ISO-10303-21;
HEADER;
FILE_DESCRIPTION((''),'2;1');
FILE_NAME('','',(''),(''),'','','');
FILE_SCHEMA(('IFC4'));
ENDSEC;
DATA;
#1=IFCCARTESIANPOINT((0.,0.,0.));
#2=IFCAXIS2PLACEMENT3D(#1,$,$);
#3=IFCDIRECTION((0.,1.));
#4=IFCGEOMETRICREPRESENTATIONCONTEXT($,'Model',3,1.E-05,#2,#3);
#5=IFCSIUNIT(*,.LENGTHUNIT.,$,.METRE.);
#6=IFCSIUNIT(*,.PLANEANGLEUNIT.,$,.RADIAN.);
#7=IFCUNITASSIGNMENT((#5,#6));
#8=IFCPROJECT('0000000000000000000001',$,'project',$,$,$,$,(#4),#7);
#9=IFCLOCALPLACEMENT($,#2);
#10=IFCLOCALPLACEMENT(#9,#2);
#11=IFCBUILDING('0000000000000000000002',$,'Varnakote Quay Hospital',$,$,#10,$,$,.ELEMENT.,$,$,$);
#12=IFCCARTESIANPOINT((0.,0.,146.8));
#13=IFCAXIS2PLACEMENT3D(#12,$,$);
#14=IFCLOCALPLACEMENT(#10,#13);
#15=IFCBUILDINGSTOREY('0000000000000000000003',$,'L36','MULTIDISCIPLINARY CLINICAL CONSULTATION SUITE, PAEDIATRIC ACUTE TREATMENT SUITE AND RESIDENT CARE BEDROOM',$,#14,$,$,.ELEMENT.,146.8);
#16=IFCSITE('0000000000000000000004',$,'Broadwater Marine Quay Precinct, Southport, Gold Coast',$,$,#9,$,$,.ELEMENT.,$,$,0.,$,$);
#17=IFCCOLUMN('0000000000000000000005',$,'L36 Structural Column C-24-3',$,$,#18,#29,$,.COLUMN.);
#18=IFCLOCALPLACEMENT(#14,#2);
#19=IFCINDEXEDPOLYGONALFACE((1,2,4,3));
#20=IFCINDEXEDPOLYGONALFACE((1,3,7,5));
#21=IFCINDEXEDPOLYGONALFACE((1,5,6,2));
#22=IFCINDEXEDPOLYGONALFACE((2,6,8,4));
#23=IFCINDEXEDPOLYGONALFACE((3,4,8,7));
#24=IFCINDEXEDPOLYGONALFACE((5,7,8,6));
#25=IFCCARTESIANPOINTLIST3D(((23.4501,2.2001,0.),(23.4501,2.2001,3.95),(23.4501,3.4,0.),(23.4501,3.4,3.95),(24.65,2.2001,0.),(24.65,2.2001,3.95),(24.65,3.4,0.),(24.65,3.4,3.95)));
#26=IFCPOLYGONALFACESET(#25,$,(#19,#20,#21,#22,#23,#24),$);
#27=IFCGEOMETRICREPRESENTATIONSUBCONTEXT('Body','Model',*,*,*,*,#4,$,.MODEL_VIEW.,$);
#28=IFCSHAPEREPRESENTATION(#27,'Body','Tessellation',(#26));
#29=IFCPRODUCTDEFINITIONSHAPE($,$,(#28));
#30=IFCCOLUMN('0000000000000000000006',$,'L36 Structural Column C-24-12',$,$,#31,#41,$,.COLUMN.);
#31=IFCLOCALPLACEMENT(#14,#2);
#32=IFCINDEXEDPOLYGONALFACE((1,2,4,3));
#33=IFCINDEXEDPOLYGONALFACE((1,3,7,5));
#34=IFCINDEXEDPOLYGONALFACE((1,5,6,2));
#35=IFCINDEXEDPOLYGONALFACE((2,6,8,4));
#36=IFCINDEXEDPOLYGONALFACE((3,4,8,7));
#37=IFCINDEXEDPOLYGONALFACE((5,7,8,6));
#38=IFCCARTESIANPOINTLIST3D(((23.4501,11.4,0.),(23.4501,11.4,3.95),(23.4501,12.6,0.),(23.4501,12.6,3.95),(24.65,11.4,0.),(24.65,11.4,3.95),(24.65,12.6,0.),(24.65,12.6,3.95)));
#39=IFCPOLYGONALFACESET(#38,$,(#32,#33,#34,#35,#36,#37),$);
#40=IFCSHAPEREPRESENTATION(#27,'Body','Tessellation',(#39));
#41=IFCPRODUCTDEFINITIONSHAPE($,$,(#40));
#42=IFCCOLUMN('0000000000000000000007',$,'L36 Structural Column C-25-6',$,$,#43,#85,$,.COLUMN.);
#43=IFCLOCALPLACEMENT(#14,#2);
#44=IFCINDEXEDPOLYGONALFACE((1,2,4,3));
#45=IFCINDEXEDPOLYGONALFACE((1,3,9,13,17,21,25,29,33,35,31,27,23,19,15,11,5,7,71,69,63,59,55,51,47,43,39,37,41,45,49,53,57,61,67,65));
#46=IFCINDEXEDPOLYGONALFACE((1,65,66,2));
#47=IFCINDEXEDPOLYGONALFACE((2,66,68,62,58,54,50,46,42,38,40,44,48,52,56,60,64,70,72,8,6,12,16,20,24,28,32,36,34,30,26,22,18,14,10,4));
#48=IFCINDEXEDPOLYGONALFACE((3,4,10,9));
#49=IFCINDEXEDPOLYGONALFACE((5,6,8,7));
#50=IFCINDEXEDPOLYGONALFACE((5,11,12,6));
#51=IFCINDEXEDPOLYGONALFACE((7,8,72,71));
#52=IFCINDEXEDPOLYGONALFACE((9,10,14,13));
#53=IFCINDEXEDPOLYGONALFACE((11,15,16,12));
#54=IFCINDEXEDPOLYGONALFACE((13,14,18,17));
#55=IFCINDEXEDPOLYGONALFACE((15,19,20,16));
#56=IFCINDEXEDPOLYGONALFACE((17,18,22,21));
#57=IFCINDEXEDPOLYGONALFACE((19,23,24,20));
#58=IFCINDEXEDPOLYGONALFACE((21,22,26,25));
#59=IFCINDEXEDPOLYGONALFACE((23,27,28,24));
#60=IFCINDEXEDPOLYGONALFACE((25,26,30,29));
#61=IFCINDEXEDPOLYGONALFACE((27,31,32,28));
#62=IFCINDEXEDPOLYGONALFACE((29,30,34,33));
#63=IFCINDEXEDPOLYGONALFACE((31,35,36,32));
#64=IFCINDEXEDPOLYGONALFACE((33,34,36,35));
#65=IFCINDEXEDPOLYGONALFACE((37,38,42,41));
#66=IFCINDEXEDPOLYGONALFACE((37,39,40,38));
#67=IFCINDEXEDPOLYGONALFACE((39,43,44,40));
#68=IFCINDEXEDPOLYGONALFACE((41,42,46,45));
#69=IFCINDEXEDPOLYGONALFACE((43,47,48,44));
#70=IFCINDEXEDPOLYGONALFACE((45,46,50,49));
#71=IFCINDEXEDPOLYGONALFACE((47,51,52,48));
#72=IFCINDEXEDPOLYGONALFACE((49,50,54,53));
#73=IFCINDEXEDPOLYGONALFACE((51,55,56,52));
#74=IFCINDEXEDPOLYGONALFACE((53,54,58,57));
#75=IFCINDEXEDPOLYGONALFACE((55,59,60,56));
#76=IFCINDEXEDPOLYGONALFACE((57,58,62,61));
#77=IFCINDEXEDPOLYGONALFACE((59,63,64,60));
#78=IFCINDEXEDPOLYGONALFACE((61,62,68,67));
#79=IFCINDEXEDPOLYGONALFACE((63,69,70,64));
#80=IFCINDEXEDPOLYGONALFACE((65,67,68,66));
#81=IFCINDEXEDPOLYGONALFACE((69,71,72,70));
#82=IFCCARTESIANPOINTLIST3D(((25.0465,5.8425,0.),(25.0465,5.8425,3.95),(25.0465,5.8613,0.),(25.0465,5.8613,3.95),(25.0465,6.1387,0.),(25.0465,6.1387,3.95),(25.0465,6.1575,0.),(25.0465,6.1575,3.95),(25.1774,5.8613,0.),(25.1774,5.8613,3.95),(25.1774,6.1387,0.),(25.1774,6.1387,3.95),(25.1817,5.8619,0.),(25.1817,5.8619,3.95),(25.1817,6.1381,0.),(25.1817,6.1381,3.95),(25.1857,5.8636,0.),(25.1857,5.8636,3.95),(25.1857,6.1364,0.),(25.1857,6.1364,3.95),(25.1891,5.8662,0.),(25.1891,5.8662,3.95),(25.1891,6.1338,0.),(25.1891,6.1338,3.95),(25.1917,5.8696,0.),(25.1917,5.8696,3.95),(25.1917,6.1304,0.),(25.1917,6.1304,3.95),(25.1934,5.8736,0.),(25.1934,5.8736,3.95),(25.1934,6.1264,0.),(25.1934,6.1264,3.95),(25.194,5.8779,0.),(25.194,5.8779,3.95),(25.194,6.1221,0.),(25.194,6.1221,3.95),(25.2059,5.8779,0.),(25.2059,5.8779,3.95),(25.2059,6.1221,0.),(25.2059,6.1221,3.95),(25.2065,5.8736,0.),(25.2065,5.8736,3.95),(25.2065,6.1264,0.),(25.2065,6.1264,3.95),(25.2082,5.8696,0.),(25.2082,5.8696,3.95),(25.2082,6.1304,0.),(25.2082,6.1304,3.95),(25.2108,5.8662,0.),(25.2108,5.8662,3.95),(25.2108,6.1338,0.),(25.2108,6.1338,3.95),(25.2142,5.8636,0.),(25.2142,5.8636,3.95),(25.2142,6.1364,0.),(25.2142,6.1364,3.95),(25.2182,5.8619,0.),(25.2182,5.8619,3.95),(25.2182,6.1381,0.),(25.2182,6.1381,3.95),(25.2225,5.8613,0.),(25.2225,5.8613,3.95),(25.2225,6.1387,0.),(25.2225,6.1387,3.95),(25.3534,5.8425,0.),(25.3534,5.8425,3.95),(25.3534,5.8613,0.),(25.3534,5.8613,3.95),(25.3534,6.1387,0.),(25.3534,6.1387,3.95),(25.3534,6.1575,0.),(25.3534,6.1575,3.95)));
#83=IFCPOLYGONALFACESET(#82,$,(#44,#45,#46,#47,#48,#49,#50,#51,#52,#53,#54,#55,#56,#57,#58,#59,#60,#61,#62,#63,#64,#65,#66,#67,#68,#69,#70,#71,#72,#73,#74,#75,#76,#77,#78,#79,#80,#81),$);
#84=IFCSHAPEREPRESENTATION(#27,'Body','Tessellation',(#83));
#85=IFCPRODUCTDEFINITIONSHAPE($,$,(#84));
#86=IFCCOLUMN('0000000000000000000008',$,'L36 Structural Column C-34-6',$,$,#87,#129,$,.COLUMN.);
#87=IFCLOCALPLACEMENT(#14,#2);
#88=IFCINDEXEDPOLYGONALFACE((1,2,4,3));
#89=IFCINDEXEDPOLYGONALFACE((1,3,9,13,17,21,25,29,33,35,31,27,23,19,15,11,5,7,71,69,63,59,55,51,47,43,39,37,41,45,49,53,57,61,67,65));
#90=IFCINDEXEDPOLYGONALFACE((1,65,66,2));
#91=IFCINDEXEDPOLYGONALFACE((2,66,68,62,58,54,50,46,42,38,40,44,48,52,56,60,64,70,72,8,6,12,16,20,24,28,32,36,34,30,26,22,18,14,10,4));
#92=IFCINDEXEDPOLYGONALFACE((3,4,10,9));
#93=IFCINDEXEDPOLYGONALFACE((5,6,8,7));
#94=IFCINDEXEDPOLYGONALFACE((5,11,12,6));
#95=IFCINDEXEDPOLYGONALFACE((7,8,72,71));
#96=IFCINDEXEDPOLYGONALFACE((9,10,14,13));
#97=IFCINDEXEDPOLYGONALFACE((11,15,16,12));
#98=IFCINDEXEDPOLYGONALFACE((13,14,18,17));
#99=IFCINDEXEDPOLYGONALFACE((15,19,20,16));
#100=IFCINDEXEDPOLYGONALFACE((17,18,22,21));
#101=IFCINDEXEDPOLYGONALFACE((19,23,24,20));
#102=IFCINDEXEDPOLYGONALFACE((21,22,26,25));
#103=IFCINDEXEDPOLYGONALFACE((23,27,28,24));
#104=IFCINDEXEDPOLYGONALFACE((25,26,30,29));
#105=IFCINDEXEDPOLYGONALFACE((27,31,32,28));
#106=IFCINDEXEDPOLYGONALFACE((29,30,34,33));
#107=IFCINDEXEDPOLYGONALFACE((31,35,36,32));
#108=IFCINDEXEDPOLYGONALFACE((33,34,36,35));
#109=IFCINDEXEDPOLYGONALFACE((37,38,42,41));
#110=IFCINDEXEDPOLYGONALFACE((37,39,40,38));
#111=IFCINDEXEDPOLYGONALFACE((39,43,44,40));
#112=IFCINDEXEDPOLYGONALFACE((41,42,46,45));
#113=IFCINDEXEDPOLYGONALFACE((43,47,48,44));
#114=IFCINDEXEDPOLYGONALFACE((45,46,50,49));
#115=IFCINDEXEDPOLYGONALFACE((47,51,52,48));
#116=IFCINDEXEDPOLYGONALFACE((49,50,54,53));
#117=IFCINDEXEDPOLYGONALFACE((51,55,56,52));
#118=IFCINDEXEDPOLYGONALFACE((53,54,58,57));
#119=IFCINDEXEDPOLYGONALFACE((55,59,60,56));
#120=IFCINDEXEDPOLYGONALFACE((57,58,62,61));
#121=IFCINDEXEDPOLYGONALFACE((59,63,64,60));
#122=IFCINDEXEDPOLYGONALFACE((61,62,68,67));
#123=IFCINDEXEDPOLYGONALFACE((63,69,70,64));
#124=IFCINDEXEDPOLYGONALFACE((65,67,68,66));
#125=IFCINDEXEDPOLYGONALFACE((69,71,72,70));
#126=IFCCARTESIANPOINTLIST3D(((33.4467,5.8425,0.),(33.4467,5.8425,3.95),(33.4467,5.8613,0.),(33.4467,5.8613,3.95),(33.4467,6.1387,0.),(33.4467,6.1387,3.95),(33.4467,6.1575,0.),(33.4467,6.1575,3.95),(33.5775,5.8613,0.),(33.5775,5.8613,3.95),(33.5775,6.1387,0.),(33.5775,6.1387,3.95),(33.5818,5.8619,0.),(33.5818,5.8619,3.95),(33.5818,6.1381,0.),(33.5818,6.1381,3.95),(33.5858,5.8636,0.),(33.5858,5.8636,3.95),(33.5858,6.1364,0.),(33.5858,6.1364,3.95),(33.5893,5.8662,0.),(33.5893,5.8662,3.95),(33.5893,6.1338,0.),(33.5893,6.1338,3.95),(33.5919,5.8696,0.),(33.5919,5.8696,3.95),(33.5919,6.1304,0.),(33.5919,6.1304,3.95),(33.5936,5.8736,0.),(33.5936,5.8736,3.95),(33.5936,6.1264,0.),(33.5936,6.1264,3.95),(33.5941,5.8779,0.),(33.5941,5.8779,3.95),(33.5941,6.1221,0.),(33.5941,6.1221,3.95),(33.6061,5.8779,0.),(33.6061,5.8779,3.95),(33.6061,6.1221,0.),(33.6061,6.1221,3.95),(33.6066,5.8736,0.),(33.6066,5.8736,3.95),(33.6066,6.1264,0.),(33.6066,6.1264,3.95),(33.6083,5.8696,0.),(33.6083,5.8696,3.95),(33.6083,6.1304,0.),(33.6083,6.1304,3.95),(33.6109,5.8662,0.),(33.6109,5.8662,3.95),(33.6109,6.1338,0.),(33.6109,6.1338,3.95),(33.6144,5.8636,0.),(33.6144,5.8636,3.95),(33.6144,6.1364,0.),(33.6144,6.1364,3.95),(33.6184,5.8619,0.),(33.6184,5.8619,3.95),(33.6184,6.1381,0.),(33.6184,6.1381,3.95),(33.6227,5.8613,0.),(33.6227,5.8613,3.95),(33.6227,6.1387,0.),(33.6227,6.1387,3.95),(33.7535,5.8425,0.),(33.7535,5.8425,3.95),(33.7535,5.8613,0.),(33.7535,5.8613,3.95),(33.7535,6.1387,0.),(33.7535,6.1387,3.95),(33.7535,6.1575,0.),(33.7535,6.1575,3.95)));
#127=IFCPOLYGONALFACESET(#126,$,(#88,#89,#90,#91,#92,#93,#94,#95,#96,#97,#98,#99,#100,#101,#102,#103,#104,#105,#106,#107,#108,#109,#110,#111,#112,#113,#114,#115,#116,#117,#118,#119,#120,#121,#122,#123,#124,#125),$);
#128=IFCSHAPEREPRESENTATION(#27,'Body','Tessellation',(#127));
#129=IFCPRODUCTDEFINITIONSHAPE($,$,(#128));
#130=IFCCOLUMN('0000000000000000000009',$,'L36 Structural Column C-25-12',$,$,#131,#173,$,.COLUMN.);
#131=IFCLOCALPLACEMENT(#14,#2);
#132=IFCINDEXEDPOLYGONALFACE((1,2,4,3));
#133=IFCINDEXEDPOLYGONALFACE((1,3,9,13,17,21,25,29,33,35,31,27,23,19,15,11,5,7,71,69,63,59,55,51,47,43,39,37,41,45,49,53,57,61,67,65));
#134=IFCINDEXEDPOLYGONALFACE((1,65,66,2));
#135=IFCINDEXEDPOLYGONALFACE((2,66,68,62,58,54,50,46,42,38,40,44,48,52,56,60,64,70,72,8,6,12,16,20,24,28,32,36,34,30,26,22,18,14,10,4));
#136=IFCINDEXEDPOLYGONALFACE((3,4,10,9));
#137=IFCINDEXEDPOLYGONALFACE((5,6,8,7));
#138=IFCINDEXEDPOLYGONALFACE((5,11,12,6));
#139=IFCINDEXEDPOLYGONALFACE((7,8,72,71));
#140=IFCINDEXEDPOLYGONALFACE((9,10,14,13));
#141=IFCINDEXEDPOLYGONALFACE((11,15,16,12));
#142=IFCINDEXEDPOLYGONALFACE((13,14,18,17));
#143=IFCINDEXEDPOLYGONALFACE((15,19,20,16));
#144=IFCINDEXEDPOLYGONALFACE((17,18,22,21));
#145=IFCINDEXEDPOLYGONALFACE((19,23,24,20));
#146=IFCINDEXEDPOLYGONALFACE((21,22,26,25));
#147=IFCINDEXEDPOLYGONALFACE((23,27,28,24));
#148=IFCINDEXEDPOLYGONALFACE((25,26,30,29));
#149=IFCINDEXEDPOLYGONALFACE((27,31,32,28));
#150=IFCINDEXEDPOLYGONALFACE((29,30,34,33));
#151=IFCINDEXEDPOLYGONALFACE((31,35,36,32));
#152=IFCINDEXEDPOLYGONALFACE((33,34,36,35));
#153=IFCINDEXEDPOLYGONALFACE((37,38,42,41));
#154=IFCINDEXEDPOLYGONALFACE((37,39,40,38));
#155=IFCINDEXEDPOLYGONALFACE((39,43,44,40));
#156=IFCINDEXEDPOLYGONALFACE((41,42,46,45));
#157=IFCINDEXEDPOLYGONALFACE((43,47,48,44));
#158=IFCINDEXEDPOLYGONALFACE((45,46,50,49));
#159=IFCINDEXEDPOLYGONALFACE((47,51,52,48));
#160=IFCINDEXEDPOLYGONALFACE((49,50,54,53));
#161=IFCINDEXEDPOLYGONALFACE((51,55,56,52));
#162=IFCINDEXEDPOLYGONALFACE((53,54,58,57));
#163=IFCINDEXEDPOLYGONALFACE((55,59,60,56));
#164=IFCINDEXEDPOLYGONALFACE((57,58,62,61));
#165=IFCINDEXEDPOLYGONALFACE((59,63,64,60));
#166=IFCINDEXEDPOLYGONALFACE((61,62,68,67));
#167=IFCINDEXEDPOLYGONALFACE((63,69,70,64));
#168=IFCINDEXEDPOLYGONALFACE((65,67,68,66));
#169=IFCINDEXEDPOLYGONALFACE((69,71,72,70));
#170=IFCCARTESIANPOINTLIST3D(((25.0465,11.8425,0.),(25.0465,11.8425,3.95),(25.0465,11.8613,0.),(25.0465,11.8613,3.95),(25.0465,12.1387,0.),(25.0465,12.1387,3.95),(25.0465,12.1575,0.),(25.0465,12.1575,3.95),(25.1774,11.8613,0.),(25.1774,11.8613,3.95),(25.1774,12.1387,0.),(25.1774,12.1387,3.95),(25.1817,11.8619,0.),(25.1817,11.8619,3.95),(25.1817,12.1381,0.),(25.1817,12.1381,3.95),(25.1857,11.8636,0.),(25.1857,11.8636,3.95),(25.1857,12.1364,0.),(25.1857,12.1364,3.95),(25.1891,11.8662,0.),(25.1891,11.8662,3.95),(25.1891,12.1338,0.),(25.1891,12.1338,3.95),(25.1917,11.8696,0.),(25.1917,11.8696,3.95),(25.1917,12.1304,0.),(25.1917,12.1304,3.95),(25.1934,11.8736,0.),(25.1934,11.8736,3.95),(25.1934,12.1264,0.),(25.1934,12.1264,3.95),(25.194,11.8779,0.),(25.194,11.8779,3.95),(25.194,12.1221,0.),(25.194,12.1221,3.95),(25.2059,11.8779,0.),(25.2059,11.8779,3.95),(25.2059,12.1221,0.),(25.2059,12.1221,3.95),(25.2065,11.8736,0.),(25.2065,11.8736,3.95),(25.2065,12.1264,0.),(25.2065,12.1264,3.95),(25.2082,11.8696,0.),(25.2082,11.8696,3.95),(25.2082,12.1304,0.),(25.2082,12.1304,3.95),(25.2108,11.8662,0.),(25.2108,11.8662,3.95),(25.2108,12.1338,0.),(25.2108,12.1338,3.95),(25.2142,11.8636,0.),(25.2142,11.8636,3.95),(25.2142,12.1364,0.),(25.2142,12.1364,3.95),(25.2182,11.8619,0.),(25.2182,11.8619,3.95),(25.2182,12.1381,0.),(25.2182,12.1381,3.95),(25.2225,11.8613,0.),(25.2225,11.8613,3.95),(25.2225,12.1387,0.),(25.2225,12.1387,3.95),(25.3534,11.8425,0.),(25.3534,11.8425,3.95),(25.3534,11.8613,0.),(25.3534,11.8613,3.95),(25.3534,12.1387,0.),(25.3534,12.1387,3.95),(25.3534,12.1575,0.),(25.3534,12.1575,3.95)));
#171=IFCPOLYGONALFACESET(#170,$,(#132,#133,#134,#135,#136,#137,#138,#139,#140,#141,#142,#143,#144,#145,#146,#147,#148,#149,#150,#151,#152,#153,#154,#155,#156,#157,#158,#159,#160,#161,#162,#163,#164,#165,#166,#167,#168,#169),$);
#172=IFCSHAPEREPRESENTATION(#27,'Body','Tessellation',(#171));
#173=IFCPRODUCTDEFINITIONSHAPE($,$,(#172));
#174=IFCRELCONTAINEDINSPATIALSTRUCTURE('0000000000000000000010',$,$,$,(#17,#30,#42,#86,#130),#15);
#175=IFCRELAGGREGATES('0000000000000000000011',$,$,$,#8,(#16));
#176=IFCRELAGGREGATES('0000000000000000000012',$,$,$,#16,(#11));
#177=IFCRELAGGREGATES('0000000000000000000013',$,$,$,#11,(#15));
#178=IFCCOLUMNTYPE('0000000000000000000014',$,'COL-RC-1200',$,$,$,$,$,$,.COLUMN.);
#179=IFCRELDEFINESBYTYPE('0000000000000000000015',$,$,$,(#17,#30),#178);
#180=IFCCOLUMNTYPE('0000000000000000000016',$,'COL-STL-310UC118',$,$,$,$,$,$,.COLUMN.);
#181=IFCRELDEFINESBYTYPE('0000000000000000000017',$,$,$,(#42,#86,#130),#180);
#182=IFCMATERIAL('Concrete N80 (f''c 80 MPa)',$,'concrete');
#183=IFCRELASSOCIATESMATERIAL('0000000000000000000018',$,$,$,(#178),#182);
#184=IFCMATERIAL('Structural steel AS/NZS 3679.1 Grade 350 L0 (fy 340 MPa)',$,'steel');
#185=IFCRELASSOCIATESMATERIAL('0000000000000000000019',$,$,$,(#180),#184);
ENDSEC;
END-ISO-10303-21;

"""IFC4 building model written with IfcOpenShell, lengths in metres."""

from ifc_helpers import new_model, si_unit, direction, frame, origin, origin_2d, place, context, subcontext, project, spatial, rectangle, i_section, extrude, material, material_profile, profile_set, type_object, element, save


model = new_model("IFC4")

# Units and contexts
model_context = context("Model", 3, precision=1e-05, world=origin(), true_north=direction((0.0, 1.0)))
body_context = subcontext(model_context, "Body", "Model", "MODEL_VIEW")
ifc_project = project(units=[si_unit("LENGTHUNIT", "METRE"), si_unit("PLANEANGLEUNIT", "RADIAN")], contexts=[model_context])

# Site, building, storey
site_placement = place(None, origin())
site = spatial("IfcSite", under=ifc_project, at=site_placement, Name="Broadwater Marine Quay Precinct, Southport, Gold Coast", CompositionType="ELEMENT", RefElevation=0.0)
building_placement = place(site_placement, origin())
building = spatial("IfcBuilding", under=site, at=building_placement, Name="Varnakote Quay Hospital", CompositionType="ELEMENT")
storey_placement = place(building_placement, frame((0.0, 0.0, 146.8)))
storey = spatial("IfcBuildingStorey", under=building, at=storey_placement, Name="L36", Description="MULTIDISCIPLINARY CLINICAL CONSULTATION SUITE, PAEDIATRIC ACUTE TREATMENT SUITE AND RESIDENT CARE BEDROOM", CompositionType="ELEMENT", Elevation=146.8)

# Columns
ifc_material_1 = material(Name="Concrete N80 (f'c 80 MPa)", Category="concrete")
ifc_material_profile_1 = material_profile(ifc_material_1, rectangle(XDim=1.2, YDim=1.2, at=origin_2d()), Name="RC-COL-1200x1200")
ifc_profile_set_1 = profile_set([ifc_material_profile_1], Name="Concrete N80 (f'c 80 MPa)")
column_type_1 = type_object("IfcColumnType", Name="COL-RC-1200", PredefinedType="COLUMN", material=ifc_profile_set_1)
for number, where, z_axis, x_axis, name in (
    (1, (24.05, 2.8, 0.0), (0.0, 0.0, 1.0), (1.0, 0.0, 0.0), "L36 Structural Column C-24-3"),
    (2, (24.05, 12.0, 0.0), (0.0, 0.0, 1.0), (1.0, 0.0, 0.0), "L36 Structural Column C-24-12"),
):
    element("IfcColumn", number, at=place(storey_placement, frame(where, z_axis=z_axis, x_axis=x_axis)), inside=storey, type_object=column_type_1, Name=name, PredefinedType="COLUMN", context=body_context, shape_type="SweptSolid", body=[
        extrude(rectangle(XDim=1.2, YDim=1.2, at=origin_2d()), origin(), (0.0, 0.0, 1.0), 3.95),
    ])
ifc_material_2 = material(Name="Structural steel AS/NZS 3679.1 Grade 350 L0 (fy 340 MPa)", Category="steel")
ifc_material_profile_2 = material_profile(ifc_material_2, i_section(OverallWidth=0.3069, OverallDepth=0.3149, WebThickness=0.012, FlangeThickness=0.0188, FilletRadius=0.0166, at=origin_2d()), Name="310UC118")
ifc_profile_set_2 = profile_set([ifc_material_profile_2], Name="Structural steel AS/NZS 3679.1 Grade 350 L0 (fy 340 MPa)")
column_type_2 = type_object("IfcColumnType", Name="COL-STL-310UC118", PredefinedType="COLUMN", material=ifc_profile_set_2)
for number, where, z_axis, x_axis, name in (
    (3, (25.2, 6.0, 0.0), (0.0, 0.0, 1.0), (1.0, 0.0, 0.0), "L36 Structural Column C-25-6"),
    (4, (33.6001, 6.0, 0.0), (0.0, 0.0, 1.0), (1.0, 0.0, 0.0), "L36 Structural Column C-34-6"),
    (5, (25.2, 12.0, 0.0), (0.0, 0.0, 1.0), (1.0, 0.0, 0.0), "L36 Structural Column C-25-12"),
):
    element("IfcColumn", number, at=place(storey_placement, frame(where, z_axis=z_axis, x_axis=x_axis)), inside=storey, type_object=column_type_2, Name=name, PredefinedType="COLUMN", context=body_context, shape_type="SweptSolid", body=[
        extrude(i_section(OverallWidth=0.3069, OverallDepth=0.3149, WebThickness=0.012, FlangeThickness=0.0188, FilletRadius=0.0166, at=origin_2d()), origin(), (0.0, 0.0, 1.0), 3.95),
    ])

save(model, "model.ifc")
